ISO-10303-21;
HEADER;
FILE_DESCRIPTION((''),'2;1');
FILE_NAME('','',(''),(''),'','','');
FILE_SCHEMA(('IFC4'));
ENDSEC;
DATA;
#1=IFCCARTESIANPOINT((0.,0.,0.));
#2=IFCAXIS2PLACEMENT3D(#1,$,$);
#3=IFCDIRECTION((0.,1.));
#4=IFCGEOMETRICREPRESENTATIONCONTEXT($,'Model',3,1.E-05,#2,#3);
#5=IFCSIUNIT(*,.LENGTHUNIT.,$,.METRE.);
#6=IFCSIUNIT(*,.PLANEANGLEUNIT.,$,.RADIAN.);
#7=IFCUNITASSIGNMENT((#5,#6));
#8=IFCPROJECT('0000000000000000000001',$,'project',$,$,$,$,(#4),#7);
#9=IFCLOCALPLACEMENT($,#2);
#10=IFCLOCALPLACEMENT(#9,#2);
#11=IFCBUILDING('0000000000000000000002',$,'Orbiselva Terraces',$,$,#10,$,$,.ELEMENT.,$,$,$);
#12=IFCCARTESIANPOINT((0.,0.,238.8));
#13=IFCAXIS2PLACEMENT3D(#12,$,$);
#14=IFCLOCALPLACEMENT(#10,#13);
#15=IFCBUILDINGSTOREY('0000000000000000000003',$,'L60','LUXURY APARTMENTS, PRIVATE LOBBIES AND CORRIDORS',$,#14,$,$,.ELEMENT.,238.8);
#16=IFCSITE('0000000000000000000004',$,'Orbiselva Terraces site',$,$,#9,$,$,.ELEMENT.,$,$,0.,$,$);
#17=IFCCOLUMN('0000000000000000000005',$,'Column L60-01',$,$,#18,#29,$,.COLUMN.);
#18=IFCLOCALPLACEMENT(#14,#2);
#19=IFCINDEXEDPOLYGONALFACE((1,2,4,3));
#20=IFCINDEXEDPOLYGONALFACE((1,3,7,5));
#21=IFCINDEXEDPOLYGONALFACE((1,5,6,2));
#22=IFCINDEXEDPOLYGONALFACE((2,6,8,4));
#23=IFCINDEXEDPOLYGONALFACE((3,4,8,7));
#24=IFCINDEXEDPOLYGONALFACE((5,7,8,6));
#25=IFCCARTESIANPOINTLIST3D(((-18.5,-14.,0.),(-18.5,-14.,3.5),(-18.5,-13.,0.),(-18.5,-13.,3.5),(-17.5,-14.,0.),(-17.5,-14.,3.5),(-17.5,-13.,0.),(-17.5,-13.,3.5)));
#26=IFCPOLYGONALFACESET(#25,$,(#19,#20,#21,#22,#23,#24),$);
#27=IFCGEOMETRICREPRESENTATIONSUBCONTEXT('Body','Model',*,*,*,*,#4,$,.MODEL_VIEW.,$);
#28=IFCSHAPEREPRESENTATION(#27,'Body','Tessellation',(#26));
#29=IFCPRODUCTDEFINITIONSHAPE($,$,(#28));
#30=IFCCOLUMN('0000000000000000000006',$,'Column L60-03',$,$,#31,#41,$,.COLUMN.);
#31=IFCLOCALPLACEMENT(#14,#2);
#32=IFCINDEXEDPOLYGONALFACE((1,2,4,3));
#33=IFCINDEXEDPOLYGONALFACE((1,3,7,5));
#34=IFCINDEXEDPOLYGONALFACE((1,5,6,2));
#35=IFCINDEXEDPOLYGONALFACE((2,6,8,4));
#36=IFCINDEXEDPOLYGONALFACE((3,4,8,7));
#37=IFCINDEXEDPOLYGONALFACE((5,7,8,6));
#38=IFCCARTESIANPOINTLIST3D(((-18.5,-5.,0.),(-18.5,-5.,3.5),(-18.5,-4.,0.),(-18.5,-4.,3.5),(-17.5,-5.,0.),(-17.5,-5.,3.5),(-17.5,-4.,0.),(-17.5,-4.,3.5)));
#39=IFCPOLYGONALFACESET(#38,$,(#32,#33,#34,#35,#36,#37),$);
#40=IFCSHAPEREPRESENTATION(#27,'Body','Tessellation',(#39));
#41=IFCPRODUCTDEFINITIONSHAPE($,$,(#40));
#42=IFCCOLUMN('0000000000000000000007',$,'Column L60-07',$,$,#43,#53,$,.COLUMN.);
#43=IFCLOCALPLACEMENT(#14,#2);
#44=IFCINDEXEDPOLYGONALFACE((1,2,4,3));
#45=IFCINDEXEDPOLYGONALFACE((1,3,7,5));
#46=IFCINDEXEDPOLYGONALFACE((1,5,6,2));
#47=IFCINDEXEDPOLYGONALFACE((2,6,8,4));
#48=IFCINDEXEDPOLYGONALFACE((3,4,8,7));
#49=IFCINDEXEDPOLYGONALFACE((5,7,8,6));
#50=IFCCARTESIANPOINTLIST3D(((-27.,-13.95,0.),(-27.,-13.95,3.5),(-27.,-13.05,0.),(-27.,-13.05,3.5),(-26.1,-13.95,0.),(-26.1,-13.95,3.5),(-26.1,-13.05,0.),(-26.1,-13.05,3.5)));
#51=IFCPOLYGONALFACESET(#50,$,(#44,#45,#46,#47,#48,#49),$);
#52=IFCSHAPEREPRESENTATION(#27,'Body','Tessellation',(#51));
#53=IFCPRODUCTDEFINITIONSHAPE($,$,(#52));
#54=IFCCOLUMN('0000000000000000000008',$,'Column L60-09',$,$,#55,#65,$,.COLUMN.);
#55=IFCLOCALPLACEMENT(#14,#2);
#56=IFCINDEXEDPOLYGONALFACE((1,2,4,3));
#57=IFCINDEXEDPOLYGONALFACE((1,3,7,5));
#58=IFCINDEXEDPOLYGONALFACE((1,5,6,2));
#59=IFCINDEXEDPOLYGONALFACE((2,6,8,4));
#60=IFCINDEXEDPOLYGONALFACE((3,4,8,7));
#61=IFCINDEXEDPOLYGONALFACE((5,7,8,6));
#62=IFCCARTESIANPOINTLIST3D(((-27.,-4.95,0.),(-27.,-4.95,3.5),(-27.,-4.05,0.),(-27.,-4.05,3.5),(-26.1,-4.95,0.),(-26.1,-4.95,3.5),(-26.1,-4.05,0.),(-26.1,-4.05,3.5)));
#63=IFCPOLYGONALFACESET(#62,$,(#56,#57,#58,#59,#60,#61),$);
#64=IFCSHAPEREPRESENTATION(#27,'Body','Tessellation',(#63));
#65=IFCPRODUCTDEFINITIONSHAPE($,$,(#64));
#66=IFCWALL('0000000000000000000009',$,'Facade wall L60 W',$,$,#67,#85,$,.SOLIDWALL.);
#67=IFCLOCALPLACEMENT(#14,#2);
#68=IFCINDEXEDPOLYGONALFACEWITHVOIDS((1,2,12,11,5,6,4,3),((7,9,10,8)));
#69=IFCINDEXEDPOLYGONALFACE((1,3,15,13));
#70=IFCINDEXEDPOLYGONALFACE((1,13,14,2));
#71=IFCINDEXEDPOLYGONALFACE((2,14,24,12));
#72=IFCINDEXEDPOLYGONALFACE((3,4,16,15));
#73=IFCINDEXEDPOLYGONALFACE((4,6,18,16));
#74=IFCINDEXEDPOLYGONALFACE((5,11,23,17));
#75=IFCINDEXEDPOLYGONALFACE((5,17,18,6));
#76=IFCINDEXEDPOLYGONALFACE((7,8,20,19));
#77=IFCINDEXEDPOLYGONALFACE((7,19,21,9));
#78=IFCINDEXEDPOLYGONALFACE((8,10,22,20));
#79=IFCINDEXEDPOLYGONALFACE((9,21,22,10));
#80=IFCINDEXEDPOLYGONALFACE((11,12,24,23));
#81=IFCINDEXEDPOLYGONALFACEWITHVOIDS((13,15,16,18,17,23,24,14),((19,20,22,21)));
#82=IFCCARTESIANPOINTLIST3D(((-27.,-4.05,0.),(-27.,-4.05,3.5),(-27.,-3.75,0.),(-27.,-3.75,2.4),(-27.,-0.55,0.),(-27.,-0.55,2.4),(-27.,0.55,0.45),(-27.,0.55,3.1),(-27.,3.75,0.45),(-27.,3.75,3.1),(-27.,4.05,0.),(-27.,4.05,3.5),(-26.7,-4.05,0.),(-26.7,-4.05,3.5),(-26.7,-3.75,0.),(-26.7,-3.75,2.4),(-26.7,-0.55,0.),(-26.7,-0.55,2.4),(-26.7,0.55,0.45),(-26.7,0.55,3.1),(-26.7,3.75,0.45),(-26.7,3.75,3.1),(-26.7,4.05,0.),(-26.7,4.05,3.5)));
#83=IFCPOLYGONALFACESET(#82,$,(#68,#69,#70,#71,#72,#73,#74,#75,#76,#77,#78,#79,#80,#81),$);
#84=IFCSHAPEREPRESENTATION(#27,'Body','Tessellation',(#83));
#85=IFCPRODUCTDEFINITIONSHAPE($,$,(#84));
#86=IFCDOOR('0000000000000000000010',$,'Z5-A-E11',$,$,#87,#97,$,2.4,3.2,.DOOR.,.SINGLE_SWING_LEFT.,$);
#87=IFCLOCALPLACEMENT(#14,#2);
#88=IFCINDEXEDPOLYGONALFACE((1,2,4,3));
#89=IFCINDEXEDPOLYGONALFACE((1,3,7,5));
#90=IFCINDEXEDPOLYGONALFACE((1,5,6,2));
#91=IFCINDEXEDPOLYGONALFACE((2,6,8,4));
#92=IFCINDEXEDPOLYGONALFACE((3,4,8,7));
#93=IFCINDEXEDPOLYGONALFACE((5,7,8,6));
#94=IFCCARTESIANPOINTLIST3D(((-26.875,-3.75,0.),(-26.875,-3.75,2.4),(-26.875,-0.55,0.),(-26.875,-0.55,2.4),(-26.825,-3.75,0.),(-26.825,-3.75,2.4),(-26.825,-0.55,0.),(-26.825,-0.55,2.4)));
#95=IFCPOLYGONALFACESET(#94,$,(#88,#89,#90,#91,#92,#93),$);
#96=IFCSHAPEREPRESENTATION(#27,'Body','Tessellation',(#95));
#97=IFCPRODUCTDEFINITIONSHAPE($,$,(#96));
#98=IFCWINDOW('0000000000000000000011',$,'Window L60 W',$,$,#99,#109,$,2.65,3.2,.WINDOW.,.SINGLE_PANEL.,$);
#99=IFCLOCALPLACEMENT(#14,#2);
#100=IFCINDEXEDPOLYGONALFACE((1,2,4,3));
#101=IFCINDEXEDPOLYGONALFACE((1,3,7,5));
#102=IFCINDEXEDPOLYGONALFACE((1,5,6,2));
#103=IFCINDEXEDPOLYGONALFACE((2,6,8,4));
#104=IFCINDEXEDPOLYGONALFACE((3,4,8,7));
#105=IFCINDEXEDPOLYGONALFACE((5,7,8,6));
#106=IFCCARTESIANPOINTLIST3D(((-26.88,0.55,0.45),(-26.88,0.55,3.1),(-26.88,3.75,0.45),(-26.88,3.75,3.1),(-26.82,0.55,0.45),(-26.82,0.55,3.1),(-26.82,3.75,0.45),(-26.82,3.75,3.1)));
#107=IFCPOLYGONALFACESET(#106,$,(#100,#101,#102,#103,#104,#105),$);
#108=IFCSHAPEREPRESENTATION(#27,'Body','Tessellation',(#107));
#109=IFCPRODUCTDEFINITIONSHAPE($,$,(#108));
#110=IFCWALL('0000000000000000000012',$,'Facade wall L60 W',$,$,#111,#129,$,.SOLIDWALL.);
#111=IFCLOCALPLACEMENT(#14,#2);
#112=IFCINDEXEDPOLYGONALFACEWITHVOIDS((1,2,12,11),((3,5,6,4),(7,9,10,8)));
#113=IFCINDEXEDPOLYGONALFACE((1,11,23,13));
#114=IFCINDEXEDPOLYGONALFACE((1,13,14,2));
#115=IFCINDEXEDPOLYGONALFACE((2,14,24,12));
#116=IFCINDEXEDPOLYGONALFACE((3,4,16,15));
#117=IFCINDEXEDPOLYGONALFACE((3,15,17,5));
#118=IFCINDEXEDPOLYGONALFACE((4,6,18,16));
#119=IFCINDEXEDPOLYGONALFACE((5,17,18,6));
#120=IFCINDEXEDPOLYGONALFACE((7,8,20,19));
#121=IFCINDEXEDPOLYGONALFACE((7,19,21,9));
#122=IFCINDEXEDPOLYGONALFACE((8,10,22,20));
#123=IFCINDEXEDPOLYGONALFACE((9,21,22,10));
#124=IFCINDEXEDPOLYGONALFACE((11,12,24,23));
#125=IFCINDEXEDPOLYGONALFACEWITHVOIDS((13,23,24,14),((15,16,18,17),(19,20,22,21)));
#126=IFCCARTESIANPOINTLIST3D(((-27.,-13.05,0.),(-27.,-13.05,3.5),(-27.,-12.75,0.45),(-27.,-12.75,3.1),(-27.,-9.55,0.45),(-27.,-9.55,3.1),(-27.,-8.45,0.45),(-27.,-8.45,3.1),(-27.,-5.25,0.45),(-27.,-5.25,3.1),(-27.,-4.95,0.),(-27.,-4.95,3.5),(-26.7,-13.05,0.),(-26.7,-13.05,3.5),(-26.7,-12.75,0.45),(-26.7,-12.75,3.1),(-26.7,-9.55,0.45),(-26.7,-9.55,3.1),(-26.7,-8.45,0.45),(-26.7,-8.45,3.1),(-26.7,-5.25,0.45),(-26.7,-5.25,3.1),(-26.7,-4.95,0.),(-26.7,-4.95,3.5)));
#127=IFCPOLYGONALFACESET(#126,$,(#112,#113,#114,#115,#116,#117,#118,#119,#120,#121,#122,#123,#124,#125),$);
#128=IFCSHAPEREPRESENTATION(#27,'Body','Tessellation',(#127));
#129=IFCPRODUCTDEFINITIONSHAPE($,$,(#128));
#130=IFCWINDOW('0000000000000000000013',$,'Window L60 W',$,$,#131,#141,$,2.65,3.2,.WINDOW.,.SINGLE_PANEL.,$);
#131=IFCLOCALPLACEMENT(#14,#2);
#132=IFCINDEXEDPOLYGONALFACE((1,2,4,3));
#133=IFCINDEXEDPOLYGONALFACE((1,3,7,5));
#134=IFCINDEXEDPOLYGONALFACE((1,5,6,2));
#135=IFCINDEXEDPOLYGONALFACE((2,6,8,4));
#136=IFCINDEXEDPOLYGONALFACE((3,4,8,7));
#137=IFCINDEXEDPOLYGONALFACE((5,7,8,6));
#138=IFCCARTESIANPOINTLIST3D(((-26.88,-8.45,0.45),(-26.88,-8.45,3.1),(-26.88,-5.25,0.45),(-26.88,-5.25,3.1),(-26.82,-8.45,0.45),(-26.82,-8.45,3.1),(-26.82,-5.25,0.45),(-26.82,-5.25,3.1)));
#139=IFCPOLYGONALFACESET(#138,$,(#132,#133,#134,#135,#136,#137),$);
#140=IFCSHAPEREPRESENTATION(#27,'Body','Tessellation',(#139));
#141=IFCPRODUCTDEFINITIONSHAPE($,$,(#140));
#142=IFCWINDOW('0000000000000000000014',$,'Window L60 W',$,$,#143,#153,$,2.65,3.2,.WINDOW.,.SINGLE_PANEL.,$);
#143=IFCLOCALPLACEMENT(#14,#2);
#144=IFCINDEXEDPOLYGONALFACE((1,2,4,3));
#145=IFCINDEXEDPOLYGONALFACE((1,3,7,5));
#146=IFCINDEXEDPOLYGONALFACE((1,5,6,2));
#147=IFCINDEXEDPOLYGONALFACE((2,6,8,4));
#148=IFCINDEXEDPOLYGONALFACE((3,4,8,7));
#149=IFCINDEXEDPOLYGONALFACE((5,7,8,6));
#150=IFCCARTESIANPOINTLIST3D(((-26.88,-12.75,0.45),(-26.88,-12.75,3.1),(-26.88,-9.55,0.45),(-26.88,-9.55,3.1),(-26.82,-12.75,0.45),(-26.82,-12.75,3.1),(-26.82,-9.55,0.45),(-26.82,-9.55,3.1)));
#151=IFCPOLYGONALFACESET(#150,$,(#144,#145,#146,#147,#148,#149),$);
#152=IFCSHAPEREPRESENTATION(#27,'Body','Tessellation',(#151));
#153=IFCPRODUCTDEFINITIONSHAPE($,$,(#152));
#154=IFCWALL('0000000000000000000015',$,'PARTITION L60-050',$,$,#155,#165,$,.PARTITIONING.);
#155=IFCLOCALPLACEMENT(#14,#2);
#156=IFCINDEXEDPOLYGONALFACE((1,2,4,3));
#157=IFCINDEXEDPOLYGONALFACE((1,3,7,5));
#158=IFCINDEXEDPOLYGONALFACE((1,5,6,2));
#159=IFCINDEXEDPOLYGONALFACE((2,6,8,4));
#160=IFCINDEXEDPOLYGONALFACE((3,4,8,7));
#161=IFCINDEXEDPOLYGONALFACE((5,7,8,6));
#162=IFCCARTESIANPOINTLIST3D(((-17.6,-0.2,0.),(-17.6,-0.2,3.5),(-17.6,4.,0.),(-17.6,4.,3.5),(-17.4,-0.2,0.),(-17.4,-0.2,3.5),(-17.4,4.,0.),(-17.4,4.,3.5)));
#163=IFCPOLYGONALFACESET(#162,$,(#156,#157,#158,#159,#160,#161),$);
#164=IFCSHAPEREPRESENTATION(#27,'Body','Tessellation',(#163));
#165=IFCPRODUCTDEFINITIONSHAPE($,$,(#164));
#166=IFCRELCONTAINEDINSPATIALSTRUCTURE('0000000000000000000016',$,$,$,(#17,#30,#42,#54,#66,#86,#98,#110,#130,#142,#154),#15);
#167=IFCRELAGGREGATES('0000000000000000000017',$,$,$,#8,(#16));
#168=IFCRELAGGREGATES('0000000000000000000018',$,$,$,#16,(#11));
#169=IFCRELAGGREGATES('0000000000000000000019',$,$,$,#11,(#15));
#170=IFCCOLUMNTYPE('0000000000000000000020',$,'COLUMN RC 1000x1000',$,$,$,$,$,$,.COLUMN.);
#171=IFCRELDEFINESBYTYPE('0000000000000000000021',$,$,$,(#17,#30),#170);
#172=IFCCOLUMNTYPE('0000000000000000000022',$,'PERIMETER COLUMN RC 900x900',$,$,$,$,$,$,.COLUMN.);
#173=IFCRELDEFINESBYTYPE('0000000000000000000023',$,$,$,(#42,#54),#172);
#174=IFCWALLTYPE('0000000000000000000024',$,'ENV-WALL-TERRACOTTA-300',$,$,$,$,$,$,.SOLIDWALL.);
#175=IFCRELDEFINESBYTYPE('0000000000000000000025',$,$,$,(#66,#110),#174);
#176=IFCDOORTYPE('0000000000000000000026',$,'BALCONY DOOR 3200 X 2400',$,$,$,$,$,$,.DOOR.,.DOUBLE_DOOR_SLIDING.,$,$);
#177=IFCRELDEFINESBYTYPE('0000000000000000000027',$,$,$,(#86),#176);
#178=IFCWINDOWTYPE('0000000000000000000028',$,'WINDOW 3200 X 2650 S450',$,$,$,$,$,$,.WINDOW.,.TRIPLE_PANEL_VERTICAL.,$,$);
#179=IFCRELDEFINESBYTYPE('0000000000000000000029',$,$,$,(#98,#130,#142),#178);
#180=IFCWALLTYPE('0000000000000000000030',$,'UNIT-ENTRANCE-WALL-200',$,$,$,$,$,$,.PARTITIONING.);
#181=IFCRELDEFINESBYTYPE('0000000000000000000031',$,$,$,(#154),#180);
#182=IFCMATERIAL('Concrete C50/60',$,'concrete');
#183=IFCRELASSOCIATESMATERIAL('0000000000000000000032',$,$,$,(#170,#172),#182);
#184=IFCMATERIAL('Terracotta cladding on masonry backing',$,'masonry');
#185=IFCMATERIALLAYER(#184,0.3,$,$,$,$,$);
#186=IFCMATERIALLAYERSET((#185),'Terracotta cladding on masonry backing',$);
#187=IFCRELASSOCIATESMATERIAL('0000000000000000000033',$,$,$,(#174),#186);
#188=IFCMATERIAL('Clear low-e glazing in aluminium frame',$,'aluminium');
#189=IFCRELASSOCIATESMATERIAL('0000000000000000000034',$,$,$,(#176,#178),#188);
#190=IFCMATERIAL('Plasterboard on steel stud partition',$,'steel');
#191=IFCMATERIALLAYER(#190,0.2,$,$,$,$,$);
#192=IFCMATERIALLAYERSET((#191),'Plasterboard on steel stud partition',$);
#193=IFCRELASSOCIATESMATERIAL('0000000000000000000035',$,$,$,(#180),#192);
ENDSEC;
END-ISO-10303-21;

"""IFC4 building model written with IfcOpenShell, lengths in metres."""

from ifc_helpers import new_model, si_unit, direction, frame, frame_2d, origin, origin_2d, place, context, subcontext, project, spatial, rectangle, extrude, material, layer, layer_set, material_profile, profile_set, type_object, element, fill, save


model = new_model("IFC4")

# Units and contexts
model_context = context("Model", 3, precision=1e-05, world=origin(), true_north=direction((0.0, 1.0)))
body_context = subcontext(model_context, "Body", "Model", "MODEL_VIEW")
ifc_project = project(units=[si_unit("LENGTHUNIT", "METRE"), si_unit("PLANEANGLEUNIT", "RADIAN")], contexts=[model_context])

# Site, building, storey
site_placement = place(None, origin())
site = spatial("IfcSite", under=ifc_project, at=site_placement, Name="Orbiselva Terraces site", CompositionType="ELEMENT", RefElevation=0.0)
building_placement = place(site_placement, origin())
building = spatial("IfcBuilding", under=site, at=building_placement, Name="Orbiselva Terraces", CompositionType="ELEMENT")
storey_placement = place(building_placement, frame((0.0, 0.0, 238.8)))
storey = spatial("IfcBuildingStorey", under=building, at=storey_placement, Name="L60", Description="LUXURY APARTMENTS, PRIVATE LOBBIES AND CORRIDORS", CompositionType="ELEMENT", Elevation=238.8)

# Columns
ifc_material_1 = material(Name="Concrete C50/60", Category="concrete")
ifc_material_profile_1 = material_profile(ifc_material_1, rectangle(XDim=1.0, YDim=1.0, at=origin_2d()), Name="RC 1000x1000")
ifc_profile_set_1 = profile_set([ifc_material_profile_1], Name="Concrete C50/60")
column_type_1 = type_object("IfcColumnType", Name="COLUMN RC 1000x1000", PredefinedType="COLUMN", material=ifc_profile_set_1)
for number, where, z_axis, x_axis, name in (
    (1, (-18.0, -13.5, 0.0), (0.0, 0.0, 1.0), (1.0, 0.0, 0.0), "Column L60-01"),
    (2, (-18.0, -4.5, 0.0), (0.0, 0.0, 1.0), (1.0, 0.0, 0.0), "Column L60-03"),
):
    element("IfcColumn", number, at=place(storey_placement, frame(where, z_axis=z_axis, x_axis=x_axis)), inside=storey, type_object=column_type_1, Name=name, PredefinedType="COLUMN", context=body_context, shape_type="SweptSolid", body=[
        extrude(rectangle(XDim=1.0, YDim=1.0, at=origin_2d()), origin(), (0.0, 0.0, 1.0), 3.5),
    ])
ifc_material_profile_2 = material_profile(ifc_material_1, rectangle(XDim=0.9, YDim=0.9, at=origin_2d()), Name="RC 900x900")
ifc_profile_set_2 = profile_set([ifc_material_profile_2], Name="Concrete C50/60")
column_type_2 = type_object("IfcColumnType", Name="PERIMETER COLUMN RC 900x900", PredefinedType="COLUMN", material=ifc_profile_set_2)
for number, where, z_axis, x_axis, name in (
    (3, (-26.55, -13.5, 0.0), (0.0, 0.0, 1.0), (1.0, 0.0, 0.0), "Column L60-07"),
    (4, (-26.55, -4.5, 0.0), (0.0, 0.0, 1.0), (1.0, 0.0, 0.0), "Column L60-09"),
):
    element("IfcColumn", number, at=place(storey_placement, frame(where, z_axis=z_axis, x_axis=x_axis)), inside=storey, type_object=column_type_2, Name=name, PredefinedType="COLUMN", context=body_context, shape_type="SweptSolid", body=[
        extrude(rectangle(XDim=0.9, YDim=0.9, at=origin_2d()), origin(), (0.0, 0.0, 1.0), 3.5),
    ])

# Wall, openings, door, window
ifc_material_2 = material(Name="Terracotta cladding on masonry backing", Category="masonry")
ifc_layer_1 = layer(ifc_material_2, 0.3)
ifc_layer_set_1 = layer_set([ifc_layer_1], Name="Terracotta cladding on masonry backing")
wall_type_1 = type_object("IfcWallType", Name="ENV-WALL-TERRACOTTA-300", PredefinedType="SOLIDWALL", material=ifc_layer_set_1)
wall_1_placement = place(storey_placement, frame((-26.85, -4.05, 0.0), z_axis=(0.0, 0.0, 1.0), x_axis=(0.0, 1.0, 0.0)))
wall_1 = element("IfcWall", 5, at=wall_1_placement, inside=storey, type_object=wall_type_1, Name="Facade wall L60 W", PredefinedType="SOLIDWALL", context=body_context, shape_type="SweptSolid", body=[
    extrude(rectangle(XDim=8.1, YDim=0.3, at=frame_2d((4.05, 0.0))), origin(), (0.0, 0.0, 1.0), 3.5),
])
opening_1_placement = place(wall_1_placement, frame((4.6, 0.0, 0.45)))
opening_1 = element("IfcOpeningElement", 6, at=opening_1_placement, cuts=wall_1, PredefinedType="OPENING", context=body_context, shape_type="SweptSolid", body=[
    extrude(rectangle(XDim=3.2, YDim=2.65, at=frame_2d((1.6, 1.325))), frame((0.0, 0.16, 0.0), z_axis=(0.0, -1.0, 0.0), x_axis=(1.0, 0.0, 0.0)), (0.0, 0.0, 1.0), 0.32),
])
opening_2_placement = place(wall_1_placement, frame((0.3, 0.0, 0.0)))
opening_2 = element("IfcOpeningElement", 7, at=opening_2_placement, cuts=wall_1, PredefinedType="OPENING", context=body_context, shape_type="SweptSolid", body=[
    extrude(rectangle(XDim=3.2, YDim=2.4, at=frame_2d((1.6, 1.2))), frame((0.0, 0.16, 0.0), z_axis=(0.0, -1.0, 0.0), x_axis=(1.0, 0.0, 0.0)), (0.0, 0.0, 1.0), 0.32),
])
ifc_material_3 = material(Name="Clear low-e glazing in aluminium frame", Category="aluminium")
door_type_1 = type_object("IfcDoorType", Name="BALCONY DOOR 3200 X 2400", OperationType="DOUBLE_DOOR_SLIDING", PredefinedType="DOOR", material=ifc_material_3)
door_1_placement = place(opening_2_placement, origin())
door_1 = element("IfcDoor", 8, at=door_1_placement, inside=storey, type_object=door_type_1, Name="Z5-A-E11", OperationType="SINGLE_SWING_LEFT", OverallHeight=2.4, OverallWidth=3.2, PredefinedType="DOOR", context=body_context, shape_type="SweptSolid", body=[
    extrude(rectangle(XDim=3.2, YDim=2.4, at=frame_2d((1.6, 1.2))), frame((0.0, 0.025, 0.0), z_axis=(0.0, -1.0, 0.0), x_axis=(1.0, 0.0, 0.0)), (0.0, 0.0, 1.0), 0.05),
])
fill(opening_2, door_1)
window_type = type_object("IfcWindowType", Name="WINDOW 3200 X 2650 S450", PartitioningType="TRIPLE_PANEL_VERTICAL", PredefinedType="WINDOW", material=ifc_material_3)
window_1_placement = place(opening_1_placement, origin())
window_1 = element("IfcWindow", 9, at=window_1_placement, inside=storey, type_object=window_type, Name="Window L60 W", OverallHeight=2.65, OverallWidth=3.2, PartitioningType="SINGLE_PANEL", PredefinedType="WINDOW", context=body_context, shape_type="SweptSolid", body=[
    extrude(rectangle(XDim=3.2, YDim=2.65, at=frame_2d((1.6, 1.325))), frame((0.0, 0.03, 0.0), z_axis=(0.0, -1.0, 0.0), x_axis=(1.0, 0.0, 0.0)), (0.0, 0.0, 1.0), 0.06),
])
fill(opening_1, window_1)

# Wall, openings, windows
wall_2_placement = place(storey_placement, frame((-26.85, -13.05, 0.0), z_axis=(0.0, 0.0, 1.0), x_axis=(0.0, 1.0, 0.0)))
wall_2 = element("IfcWall", 10, at=wall_2_placement, inside=storey, type_object=wall_type_1, Name="Facade wall L60 W", PredefinedType="SOLIDWALL", context=body_context, shape_type="SweptSolid", body=[
    extrude(rectangle(XDim=8.1, YDim=0.3, at=frame_2d((4.05, 0.0))), origin(), (0.0, 0.0, 1.0), 3.5),
])
opening_3_placement = place(wall_2_placement, frame((4.6, 0.0, 0.45)))
opening_3 = element("IfcOpeningElement", 11, at=opening_3_placement, cuts=wall_2, PredefinedType="OPENING", context=body_context, shape_type="SweptSolid", body=[
    extrude(rectangle(XDim=3.2, YDim=2.65, at=frame_2d((1.6, 1.325))), frame((0.0, 0.16, 0.0), z_axis=(0.0, -1.0, 0.0), x_axis=(1.0, 0.0, 0.0)), (0.0, 0.0, 1.0), 0.32),
])
opening_4_placement = place(wall_2_placement, frame((0.3, 0.0, 0.45)))
opening_4 = element("IfcOpeningElement", 12, at=opening_4_placement, cuts=wall_2, PredefinedType="OPENING", context=body_context, shape_type="SweptSolid", body=[
    extrude(rectangle(XDim=3.2, YDim=2.65, at=frame_2d((1.6, 1.325))), frame((0.0, 0.16, 0.0), z_axis=(0.0, -1.0, 0.0), x_axis=(1.0, 0.0, 0.0)), (0.0, 0.0, 1.0), 0.32),
])
window_2_placement = place(opening_3_placement, origin())
window_2 = element("IfcWindow", 13, at=window_2_placement, inside=storey, type_object=window_type, Name="Window L60 W", OverallHeight=2.65, OverallWidth=3.2, PartitioningType="SINGLE_PANEL", PredefinedType="WINDOW", context=body_context, shape_type="SweptSolid", body=[
    extrude(rectangle(XDim=3.2, YDim=2.65, at=frame_2d((1.6, 1.325))), frame((0.0, 0.03, 0.0), z_axis=(0.0, -1.0, 0.0), x_axis=(1.0, 0.0, 0.0)), (0.0, 0.0, 1.0), 0.06),
])
fill(opening_3, window_2)
window_3_placement = place(opening_4_placement, origin())
window_3 = element("IfcWindow", 14, at=window_3_placement, inside=storey, type_object=window_type, Name="Window L60 W", OverallHeight=2.65, OverallWidth=3.2, PartitioningType="SINGLE_PANEL", PredefinedType="WINDOW", context=body_context, shape_type="SweptSolid", body=[
    extrude(rectangle(XDim=3.2, YDim=2.65, at=frame_2d((1.6, 1.325))), frame((0.0, 0.03, 0.0), z_axis=(0.0, -1.0, 0.0), x_axis=(1.0, 0.0, 0.0)), (0.0, 0.0, 1.0), 0.06),
])
fill(opening_4, window_3)

# Wall
ifc_material_4 = material(Name="Plasterboard on steel stud partition", Category="steel")
ifc_layer_2 = layer(ifc_material_4, 0.2)
ifc_layer_set_2 = layer_set([ifc_layer_2], Name="Plasterboard on steel stud partition")
wall_type_2 = type_object("IfcWallType", Name="UNIT-ENTRANCE-WALL-200", PredefinedType="PARTITIONING", material=ifc_layer_set_2)
wall_3_placement = place(storey_placement, frame((-17.5, -0.2, 0.0), z_axis=(0.0, 0.0, 1.0), x_axis=(0.0, 1.0, 0.0)))
element("IfcWall", 15, at=wall_3_placement, inside=storey, type_object=wall_type_2, Name="PARTITION L60-050", PredefinedType="PARTITIONING", context=body_context, shape_type="SweptSolid", body=[
    extrude(rectangle(XDim=4.2, YDim=0.2, at=frame_2d((2.1, 0.0))), origin(), (0.0, 0.0, 1.0), 3.5),
])

save(model, "model.ifc")
